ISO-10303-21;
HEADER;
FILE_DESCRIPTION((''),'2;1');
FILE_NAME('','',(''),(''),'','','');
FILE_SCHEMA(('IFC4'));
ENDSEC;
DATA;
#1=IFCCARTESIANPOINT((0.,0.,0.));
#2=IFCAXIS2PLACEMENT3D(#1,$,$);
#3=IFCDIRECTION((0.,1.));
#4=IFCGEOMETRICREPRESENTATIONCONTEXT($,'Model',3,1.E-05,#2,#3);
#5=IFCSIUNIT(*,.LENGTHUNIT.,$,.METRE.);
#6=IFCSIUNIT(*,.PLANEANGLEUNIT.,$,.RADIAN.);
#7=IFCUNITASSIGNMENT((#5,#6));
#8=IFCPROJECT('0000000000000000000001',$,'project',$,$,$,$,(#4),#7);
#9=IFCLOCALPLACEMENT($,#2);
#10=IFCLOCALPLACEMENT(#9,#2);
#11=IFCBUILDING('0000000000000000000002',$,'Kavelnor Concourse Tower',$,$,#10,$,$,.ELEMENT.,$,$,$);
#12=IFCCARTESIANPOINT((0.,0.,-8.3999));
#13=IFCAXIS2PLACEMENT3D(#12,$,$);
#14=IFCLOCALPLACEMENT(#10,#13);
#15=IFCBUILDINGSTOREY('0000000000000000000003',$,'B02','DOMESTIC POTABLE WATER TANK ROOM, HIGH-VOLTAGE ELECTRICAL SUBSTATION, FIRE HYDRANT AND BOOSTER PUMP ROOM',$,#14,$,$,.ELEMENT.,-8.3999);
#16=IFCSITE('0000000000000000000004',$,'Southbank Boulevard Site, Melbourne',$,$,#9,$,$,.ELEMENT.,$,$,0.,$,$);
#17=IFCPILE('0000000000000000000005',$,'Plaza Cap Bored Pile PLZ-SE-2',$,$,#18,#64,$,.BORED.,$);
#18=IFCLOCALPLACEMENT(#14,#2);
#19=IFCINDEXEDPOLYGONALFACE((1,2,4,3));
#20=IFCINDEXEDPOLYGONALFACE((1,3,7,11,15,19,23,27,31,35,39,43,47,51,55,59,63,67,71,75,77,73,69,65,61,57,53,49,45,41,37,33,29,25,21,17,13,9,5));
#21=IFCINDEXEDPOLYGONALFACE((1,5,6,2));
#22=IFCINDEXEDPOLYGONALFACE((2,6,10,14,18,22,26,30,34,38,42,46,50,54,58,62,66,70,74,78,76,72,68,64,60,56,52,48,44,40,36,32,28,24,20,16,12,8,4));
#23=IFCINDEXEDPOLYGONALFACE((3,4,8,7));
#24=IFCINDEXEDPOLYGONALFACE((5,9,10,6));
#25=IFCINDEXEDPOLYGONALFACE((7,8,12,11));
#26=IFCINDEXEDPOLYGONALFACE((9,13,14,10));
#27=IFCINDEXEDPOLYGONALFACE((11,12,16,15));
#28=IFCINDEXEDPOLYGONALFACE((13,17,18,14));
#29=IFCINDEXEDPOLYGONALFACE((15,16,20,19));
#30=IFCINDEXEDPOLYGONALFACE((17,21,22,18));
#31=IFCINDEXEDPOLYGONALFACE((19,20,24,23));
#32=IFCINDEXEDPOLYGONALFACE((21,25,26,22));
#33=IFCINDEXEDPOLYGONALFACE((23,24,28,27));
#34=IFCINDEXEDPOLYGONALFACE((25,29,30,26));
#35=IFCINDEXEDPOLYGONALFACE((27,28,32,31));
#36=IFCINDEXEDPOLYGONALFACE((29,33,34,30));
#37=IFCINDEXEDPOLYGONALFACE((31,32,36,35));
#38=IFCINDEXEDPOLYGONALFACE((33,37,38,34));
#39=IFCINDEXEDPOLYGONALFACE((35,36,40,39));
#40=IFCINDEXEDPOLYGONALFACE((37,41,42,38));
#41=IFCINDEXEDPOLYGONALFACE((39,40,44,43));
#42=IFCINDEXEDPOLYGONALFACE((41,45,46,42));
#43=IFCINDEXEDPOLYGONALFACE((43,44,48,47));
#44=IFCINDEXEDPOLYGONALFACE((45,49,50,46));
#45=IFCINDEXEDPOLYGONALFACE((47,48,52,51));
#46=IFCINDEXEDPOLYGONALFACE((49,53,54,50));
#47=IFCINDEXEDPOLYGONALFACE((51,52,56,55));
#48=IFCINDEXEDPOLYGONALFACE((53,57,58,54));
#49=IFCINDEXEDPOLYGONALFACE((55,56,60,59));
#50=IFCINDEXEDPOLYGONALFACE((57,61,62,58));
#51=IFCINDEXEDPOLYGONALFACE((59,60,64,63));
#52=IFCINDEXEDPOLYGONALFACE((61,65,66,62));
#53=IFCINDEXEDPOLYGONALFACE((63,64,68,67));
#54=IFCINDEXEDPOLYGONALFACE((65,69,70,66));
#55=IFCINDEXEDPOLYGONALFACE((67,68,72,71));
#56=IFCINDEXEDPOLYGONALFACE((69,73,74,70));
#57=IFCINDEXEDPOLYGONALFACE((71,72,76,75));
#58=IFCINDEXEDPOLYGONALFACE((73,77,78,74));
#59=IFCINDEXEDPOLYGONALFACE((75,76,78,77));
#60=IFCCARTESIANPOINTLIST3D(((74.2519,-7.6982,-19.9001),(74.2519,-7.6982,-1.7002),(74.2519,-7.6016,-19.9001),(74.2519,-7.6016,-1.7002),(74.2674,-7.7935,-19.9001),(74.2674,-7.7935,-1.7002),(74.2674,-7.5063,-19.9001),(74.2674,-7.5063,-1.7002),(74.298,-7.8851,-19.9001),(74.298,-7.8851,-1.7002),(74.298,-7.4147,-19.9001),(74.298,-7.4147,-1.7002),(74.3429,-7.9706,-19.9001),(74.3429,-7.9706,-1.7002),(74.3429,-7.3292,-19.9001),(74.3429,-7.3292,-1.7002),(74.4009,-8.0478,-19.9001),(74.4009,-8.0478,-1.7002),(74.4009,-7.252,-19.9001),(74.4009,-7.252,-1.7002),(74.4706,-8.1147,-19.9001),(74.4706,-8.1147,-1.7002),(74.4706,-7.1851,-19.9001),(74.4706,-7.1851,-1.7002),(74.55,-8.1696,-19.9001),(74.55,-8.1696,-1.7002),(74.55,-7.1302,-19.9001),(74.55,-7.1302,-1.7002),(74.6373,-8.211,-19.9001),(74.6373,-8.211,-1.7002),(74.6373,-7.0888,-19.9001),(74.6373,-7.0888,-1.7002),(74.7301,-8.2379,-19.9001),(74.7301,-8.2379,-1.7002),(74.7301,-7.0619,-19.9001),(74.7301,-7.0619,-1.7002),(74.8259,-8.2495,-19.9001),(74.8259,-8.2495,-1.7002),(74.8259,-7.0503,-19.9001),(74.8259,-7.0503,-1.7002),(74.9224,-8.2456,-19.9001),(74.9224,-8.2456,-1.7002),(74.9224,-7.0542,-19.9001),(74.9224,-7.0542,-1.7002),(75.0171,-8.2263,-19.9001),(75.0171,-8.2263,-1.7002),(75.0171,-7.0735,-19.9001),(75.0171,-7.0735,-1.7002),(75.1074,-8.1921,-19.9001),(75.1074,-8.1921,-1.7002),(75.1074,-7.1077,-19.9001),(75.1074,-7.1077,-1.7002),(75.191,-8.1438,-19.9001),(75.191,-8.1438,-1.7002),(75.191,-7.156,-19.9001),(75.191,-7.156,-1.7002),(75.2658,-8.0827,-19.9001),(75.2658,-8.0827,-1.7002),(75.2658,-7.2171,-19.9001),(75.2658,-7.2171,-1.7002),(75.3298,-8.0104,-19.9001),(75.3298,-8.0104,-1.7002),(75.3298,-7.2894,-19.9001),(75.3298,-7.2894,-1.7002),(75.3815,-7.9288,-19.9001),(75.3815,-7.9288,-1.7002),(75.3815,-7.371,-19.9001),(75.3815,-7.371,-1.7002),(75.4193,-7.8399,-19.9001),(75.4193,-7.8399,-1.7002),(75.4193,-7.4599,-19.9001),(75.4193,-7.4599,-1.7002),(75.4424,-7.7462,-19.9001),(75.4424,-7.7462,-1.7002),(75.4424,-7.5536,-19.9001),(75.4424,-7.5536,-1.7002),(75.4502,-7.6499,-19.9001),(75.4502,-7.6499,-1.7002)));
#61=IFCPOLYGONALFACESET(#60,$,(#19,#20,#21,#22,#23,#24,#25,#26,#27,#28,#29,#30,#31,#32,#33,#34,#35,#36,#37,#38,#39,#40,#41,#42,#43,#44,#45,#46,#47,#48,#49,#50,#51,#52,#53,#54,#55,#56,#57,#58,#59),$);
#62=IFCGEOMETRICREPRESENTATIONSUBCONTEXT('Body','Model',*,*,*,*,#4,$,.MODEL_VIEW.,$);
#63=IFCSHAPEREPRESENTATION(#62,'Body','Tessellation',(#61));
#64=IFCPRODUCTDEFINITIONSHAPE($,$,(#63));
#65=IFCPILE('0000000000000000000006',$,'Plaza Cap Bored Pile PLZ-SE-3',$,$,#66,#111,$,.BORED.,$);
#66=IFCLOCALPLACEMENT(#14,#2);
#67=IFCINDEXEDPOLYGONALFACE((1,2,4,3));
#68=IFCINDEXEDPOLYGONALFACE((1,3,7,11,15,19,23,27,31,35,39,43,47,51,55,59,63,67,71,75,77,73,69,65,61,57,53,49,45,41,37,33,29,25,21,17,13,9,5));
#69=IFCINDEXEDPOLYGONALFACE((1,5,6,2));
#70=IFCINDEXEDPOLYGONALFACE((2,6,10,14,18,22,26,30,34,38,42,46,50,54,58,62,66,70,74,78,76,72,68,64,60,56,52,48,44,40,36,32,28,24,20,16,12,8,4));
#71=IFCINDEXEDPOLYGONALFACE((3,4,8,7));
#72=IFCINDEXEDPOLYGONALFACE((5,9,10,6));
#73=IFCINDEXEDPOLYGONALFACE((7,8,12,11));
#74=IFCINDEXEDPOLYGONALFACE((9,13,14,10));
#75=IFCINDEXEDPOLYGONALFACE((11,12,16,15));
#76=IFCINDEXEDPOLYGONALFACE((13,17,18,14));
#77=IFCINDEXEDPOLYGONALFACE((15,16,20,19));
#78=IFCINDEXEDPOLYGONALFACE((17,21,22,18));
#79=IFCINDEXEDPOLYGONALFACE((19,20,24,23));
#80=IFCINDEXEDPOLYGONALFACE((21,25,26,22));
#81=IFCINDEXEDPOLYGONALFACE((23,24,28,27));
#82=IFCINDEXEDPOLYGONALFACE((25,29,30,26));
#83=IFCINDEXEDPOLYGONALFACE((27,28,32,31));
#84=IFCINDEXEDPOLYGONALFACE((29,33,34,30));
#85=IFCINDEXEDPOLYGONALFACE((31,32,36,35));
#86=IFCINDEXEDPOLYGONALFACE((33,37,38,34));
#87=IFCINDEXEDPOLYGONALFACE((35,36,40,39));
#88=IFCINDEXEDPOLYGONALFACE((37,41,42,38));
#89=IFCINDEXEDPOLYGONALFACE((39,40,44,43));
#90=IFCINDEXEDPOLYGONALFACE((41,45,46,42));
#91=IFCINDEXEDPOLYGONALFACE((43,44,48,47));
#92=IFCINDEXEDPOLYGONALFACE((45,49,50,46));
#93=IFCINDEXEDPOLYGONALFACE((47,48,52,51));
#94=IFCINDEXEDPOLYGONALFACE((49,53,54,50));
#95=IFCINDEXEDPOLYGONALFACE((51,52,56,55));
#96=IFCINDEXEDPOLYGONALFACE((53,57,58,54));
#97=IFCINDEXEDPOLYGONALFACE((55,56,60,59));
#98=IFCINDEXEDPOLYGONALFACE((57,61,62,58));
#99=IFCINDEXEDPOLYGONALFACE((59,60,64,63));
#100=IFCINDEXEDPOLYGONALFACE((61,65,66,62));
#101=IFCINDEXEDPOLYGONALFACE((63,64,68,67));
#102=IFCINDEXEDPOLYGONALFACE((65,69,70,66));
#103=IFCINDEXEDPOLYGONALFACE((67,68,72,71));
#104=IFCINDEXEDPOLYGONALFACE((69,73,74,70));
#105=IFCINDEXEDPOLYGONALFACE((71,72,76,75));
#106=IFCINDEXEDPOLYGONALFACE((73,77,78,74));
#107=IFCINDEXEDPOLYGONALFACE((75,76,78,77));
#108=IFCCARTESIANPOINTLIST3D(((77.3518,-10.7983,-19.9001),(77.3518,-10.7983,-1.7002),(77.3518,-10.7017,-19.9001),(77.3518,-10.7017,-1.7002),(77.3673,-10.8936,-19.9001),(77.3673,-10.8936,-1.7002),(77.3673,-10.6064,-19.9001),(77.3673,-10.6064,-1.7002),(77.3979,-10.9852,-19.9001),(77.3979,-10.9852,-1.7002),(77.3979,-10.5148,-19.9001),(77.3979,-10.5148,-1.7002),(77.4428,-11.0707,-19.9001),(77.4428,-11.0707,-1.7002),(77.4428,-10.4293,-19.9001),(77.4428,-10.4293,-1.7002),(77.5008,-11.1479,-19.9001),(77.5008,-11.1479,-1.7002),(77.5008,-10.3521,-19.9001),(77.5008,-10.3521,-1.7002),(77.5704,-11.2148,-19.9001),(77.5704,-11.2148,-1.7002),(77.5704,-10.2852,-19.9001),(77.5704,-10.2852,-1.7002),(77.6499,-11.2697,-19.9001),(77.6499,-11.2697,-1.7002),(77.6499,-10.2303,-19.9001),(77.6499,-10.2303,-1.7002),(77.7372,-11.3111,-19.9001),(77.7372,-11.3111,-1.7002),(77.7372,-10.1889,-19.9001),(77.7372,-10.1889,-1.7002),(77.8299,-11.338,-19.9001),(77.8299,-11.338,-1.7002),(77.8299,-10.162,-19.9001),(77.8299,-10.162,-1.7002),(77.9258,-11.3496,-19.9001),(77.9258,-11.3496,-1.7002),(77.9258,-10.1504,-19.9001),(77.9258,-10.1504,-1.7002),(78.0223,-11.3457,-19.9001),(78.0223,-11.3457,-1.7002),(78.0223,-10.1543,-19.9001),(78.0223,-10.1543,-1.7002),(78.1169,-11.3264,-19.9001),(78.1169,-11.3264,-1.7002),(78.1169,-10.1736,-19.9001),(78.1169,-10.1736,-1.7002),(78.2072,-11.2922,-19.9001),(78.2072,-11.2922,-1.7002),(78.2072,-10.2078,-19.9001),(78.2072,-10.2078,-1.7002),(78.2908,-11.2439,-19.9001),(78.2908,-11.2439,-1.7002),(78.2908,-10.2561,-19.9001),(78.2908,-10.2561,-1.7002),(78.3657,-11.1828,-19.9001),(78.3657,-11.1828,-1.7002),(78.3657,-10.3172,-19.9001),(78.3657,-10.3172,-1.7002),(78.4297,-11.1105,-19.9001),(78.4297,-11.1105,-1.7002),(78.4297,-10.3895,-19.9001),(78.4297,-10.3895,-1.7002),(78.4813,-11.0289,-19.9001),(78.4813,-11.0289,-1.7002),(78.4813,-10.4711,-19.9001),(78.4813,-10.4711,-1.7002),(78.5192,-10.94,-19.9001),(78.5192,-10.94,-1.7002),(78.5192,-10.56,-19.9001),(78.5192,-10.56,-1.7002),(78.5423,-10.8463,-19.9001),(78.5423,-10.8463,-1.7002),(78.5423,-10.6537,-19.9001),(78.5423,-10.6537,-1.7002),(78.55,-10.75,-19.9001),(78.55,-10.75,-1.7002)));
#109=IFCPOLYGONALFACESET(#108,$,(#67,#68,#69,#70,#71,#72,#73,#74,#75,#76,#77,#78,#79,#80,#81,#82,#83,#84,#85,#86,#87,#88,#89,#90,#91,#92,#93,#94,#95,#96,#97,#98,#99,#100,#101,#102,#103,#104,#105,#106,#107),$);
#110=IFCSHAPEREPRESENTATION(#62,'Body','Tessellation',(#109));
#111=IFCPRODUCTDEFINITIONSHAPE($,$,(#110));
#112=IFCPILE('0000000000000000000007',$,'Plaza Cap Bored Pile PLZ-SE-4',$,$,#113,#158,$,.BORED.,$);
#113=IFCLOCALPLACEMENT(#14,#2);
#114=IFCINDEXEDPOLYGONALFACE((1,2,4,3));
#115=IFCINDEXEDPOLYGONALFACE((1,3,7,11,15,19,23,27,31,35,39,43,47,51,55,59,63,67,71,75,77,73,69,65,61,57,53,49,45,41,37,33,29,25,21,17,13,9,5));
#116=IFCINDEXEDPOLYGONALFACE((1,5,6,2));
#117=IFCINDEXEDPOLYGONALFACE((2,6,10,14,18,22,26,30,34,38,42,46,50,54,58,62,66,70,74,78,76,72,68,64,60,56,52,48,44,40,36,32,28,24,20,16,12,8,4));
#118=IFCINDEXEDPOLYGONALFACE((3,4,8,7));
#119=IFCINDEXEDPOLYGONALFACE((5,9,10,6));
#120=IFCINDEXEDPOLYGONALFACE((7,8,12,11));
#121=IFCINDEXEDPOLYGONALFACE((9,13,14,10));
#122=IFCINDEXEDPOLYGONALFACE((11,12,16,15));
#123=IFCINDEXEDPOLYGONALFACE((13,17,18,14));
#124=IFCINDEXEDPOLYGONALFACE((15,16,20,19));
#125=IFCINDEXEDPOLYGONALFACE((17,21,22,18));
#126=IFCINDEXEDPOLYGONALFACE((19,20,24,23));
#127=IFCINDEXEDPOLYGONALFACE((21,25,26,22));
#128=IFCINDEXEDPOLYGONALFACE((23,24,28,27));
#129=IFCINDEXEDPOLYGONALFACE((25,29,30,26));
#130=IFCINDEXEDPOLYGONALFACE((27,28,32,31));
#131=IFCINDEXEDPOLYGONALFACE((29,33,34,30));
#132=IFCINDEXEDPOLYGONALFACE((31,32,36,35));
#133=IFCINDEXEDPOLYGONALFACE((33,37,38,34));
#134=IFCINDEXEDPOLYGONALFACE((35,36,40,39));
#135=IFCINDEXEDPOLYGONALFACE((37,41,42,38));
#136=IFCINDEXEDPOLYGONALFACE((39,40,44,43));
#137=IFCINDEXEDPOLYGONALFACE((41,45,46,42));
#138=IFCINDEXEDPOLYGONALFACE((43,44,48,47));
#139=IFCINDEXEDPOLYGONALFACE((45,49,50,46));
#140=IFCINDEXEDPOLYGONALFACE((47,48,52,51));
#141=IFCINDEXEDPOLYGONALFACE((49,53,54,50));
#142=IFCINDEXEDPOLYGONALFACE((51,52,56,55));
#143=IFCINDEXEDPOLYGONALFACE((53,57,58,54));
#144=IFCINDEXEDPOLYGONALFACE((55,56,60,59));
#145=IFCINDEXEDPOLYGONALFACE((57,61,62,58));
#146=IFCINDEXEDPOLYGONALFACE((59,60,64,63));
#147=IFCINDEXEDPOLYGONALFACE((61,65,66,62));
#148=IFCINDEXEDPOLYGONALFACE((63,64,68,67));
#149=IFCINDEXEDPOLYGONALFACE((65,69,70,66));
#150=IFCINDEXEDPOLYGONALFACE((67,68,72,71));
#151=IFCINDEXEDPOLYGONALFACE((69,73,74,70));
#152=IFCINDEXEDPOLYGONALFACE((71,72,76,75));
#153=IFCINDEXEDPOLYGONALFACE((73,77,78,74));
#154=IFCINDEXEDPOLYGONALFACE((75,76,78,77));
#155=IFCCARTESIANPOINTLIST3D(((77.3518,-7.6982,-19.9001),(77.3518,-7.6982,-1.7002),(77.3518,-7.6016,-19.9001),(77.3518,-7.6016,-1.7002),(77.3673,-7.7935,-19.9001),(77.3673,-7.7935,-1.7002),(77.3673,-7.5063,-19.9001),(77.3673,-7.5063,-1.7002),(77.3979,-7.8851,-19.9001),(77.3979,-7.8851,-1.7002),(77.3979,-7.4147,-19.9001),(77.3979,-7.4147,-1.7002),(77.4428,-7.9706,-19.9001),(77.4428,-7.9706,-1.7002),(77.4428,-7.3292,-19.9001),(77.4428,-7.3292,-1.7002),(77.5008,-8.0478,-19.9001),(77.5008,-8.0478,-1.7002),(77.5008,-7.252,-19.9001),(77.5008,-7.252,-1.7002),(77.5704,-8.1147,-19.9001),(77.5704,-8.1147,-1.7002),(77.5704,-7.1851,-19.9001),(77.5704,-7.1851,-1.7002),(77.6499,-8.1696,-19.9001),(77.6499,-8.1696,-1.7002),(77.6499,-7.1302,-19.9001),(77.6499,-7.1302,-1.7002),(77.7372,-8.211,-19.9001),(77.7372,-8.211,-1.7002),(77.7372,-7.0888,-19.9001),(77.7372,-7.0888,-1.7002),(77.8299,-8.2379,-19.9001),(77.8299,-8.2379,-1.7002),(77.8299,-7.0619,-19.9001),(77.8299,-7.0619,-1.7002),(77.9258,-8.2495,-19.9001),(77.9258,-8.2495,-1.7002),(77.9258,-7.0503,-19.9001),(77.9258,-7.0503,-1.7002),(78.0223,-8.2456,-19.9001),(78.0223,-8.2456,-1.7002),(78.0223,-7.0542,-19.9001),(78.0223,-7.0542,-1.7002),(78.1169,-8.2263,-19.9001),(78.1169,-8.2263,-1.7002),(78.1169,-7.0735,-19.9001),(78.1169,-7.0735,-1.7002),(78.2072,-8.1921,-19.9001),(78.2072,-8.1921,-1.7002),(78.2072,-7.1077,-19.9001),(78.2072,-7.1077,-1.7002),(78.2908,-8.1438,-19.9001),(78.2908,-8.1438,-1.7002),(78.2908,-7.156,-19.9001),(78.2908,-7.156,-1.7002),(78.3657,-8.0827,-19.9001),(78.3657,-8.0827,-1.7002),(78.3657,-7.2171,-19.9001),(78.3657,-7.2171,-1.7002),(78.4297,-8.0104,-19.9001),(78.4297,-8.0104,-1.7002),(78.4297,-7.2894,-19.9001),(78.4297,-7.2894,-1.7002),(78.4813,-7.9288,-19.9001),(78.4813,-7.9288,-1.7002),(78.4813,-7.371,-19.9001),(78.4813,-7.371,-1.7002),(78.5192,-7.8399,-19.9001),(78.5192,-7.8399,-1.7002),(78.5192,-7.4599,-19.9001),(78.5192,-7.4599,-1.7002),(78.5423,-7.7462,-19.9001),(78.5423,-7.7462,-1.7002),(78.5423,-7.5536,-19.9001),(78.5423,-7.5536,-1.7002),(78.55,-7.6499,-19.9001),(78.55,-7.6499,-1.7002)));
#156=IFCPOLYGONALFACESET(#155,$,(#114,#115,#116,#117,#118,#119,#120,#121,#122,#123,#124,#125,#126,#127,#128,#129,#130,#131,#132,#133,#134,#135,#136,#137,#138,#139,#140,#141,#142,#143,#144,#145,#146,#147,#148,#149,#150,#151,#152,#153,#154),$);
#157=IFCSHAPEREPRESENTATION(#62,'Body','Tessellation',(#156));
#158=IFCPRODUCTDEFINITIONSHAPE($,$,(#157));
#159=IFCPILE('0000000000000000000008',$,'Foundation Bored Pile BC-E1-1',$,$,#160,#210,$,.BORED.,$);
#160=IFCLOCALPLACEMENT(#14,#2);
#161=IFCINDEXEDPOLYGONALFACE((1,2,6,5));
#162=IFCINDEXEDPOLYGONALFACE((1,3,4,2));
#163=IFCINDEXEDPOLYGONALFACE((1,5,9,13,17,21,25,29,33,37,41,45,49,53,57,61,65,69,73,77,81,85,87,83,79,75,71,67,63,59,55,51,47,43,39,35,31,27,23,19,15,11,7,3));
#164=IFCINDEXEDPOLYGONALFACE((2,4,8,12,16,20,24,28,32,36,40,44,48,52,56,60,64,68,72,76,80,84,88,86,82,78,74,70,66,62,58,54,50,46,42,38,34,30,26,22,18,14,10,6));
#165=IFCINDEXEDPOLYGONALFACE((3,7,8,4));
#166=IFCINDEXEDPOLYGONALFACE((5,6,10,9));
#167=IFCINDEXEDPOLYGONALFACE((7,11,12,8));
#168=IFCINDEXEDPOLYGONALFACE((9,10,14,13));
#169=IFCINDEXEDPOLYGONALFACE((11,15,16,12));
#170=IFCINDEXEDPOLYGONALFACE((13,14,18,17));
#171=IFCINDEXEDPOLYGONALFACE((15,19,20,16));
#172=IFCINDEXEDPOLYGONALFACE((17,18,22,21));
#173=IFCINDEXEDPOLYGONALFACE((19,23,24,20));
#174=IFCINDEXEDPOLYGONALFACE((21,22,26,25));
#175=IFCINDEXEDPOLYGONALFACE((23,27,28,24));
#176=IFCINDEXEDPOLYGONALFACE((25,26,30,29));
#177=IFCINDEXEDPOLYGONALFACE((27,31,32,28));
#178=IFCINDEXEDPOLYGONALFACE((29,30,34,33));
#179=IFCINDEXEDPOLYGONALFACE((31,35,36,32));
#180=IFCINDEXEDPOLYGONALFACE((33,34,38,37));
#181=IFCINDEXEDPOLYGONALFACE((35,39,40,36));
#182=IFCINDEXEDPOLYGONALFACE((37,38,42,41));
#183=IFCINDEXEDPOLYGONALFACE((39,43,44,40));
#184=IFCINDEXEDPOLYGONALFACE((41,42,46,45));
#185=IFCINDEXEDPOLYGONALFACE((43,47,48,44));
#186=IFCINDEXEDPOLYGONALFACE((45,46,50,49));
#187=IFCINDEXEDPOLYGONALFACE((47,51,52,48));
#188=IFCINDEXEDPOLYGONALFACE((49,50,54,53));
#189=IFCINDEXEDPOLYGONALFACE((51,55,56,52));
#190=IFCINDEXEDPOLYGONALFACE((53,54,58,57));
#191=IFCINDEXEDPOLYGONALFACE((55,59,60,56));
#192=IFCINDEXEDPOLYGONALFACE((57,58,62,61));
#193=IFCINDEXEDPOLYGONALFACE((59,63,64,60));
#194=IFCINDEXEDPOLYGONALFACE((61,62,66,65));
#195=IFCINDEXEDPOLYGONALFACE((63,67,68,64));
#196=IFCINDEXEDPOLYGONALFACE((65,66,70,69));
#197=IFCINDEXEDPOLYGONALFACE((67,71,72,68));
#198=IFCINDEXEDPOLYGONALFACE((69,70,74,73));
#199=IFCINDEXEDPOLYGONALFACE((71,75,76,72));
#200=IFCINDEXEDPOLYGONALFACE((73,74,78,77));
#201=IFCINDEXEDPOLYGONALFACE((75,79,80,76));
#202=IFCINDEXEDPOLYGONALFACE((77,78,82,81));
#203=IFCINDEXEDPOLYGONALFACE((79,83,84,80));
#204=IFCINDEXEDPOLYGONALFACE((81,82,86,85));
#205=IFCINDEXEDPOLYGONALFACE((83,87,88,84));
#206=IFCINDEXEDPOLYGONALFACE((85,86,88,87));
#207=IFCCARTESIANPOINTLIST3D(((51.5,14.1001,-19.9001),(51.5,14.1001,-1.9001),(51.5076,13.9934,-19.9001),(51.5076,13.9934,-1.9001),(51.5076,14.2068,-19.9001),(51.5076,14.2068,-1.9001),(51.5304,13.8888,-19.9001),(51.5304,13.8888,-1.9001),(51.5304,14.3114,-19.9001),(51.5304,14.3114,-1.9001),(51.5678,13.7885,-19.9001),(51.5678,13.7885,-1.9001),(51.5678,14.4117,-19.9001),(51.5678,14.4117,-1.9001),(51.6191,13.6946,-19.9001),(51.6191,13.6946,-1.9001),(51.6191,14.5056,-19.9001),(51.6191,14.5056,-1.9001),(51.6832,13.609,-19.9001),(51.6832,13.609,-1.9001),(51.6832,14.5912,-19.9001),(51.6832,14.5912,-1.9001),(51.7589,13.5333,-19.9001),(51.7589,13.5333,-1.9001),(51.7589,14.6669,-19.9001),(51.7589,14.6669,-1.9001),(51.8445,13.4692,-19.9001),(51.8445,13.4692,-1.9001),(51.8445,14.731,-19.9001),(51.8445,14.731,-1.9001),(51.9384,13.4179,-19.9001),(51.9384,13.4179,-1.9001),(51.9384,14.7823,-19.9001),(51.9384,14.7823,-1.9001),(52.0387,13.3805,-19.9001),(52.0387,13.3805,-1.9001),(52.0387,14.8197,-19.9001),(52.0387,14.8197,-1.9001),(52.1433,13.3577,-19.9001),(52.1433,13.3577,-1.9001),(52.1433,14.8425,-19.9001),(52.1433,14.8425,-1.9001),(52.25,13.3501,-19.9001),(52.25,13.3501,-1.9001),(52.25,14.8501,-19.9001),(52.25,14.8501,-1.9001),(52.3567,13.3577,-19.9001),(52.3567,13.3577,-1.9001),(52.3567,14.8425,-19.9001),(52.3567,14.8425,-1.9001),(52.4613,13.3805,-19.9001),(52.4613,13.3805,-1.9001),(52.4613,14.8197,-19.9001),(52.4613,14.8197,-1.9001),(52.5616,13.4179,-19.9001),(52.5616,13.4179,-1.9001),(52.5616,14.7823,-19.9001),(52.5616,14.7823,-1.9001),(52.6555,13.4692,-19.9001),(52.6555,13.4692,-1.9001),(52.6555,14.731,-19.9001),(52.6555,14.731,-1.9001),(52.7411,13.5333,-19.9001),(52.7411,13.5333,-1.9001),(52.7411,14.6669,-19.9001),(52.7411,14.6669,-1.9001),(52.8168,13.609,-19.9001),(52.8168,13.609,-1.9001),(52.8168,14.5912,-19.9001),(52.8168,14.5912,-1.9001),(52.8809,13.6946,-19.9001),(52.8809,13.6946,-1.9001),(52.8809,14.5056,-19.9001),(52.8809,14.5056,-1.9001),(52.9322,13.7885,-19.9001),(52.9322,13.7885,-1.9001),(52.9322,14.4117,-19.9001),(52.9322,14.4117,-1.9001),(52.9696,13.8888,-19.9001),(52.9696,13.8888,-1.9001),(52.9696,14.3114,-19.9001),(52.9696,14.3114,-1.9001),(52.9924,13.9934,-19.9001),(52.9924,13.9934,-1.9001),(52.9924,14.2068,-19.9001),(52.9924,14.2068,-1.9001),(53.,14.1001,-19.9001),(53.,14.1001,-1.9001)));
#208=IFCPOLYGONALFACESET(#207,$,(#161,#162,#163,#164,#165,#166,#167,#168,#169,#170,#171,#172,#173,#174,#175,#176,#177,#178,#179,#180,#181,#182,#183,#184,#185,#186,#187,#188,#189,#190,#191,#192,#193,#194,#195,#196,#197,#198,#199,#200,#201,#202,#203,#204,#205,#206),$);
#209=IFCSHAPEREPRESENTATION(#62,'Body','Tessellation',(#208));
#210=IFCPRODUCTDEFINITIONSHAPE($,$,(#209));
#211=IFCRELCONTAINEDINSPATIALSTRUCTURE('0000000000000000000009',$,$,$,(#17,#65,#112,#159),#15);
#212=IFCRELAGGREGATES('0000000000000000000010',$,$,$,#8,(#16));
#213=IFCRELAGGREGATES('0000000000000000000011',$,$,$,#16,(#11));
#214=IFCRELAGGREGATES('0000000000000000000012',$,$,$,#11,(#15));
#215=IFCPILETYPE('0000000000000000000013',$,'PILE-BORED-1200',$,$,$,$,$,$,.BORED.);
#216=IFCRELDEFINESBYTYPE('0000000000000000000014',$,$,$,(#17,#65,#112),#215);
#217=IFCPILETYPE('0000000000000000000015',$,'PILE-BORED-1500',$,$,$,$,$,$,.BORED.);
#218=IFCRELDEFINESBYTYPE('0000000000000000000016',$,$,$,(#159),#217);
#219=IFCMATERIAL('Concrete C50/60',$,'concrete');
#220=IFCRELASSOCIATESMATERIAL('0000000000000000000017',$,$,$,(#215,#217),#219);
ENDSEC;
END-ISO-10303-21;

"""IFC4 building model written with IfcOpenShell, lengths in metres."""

from ifc_helpers import new_model, si_unit, direction, frame, origin, origin_2d, place, context, subcontext, project, spatial, circle, extrude, material, material_profile, profile_set, type_object, element, save


model = new_model("IFC4")

# Units and contexts
model_context = context("Model", 3, precision=1e-05, world=origin(), true_north=direction((0.0, 1.0)))
body_context = subcontext(model_context, "Body", "Model", "MODEL_VIEW")
ifc_project = project(units=[si_unit("LENGTHUNIT", "METRE"), si_unit("PLANEANGLEUNIT", "RADIAN")], contexts=[model_context])

# Site, building, storey
site_placement = place(None, origin())
site = spatial("IfcSite", under=ifc_project, at=site_placement, Name="Southbank Boulevard Site, Melbourne", CompositionType="ELEMENT", RefElevation=0.0)
building_placement = place(site_placement, origin())
building = spatial("IfcBuilding", under=site, at=building_placement, Name="Kavelnor Concourse Tower", CompositionType="ELEMENT")
storey_placement = place(building_placement, frame((0.0, 0.0, -8.3999)))
storey = spatial("IfcBuildingStorey", under=building, at=storey_placement, Name="B02", Description="DOMESTIC POTABLE WATER TANK ROOM, HIGH-VOLTAGE ELECTRICAL SUBSTATION, FIRE HYDRANT AND BOOSTER PUMP ROOM", CompositionType="ELEMENT", Elevation=-8.3999)

# Shared definitions
ifc_material_1 = material(Name="Concrete C50/60", Category="concrete")

# Piles
ifc_material_profile_1 = material_profile(ifc_material_1, circle(Radius=0.6001, at=origin_2d()), Name="PILE-D1200")
ifc_profile_set_1 = profile_set([ifc_material_profile_1], Name="Concrete C50/60")
pile_type_1 = type_object("IfcPileType", Name="PILE-BORED-1200", PredefinedType="BORED", material=ifc_profile_set_1)
for number, where, z_axis, x_axis, name in (
    (1, (74.8501, -7.6499, -1.7002), (0.0, 0.0, -1.0), (1.0, 0.0, 0.0), "Plaza Cap Bored Pile PLZ-SE-2"),
    (2, (77.95, -10.75, -1.7002), (0.0, 0.0, -1.0), (1.0, 0.0, 0.0), "Plaza Cap Bored Pile PLZ-SE-3"),
    (3, (77.95, -7.6499, -1.7002), (0.0, 0.0, -1.0), (1.0, 0.0, 0.0), "Plaza Cap Bored Pile PLZ-SE-4"),
):
    element("IfcPile", number, at=place(storey_placement, frame(where, z_axis=z_axis, x_axis=x_axis)), inside=storey, type_object=pile_type_1, Name=name, PredefinedType="BORED", context=body_context, shape_type="SweptSolid", body=[
        extrude(circle(Radius=0.6001, at=origin_2d()), origin(), (0.0, 0.0, 1.0), 18.2),
    ])
ifc_material_profile_2 = material_profile(ifc_material_1, circle(Radius=0.75, at=origin_2d()), Name="PILE-D1500")
ifc_profile_set_2 = profile_set([ifc_material_profile_2], Name="Concrete C50/60")
pile_type_2 = type_object("IfcPileType", Name="PILE-BORED-1500", PredefinedType="BORED", material=ifc_profile_set_2)
for number, where, z_axis, x_axis, name in (
    (4, (52.25, 14.1001, -1.9001), (0.0, 0.0, -1.0), (1.0, 0.0, 0.0), "Foundation Bored Pile BC-E1-1"),
):
    element("IfcPile", number, at=place(storey_placement, frame(where, z_axis=z_axis, x_axis=x_axis)), inside=storey, type_object=pile_type_2, Name=name, PredefinedType="BORED", context=body_context, shape_type="SweptSolid", body=[
        extrude(circle(Radius=0.75, at=origin_2d()), origin(), (0.0, 0.0, 1.0), 18.0),
    ])

save(model, "model.ifc")
